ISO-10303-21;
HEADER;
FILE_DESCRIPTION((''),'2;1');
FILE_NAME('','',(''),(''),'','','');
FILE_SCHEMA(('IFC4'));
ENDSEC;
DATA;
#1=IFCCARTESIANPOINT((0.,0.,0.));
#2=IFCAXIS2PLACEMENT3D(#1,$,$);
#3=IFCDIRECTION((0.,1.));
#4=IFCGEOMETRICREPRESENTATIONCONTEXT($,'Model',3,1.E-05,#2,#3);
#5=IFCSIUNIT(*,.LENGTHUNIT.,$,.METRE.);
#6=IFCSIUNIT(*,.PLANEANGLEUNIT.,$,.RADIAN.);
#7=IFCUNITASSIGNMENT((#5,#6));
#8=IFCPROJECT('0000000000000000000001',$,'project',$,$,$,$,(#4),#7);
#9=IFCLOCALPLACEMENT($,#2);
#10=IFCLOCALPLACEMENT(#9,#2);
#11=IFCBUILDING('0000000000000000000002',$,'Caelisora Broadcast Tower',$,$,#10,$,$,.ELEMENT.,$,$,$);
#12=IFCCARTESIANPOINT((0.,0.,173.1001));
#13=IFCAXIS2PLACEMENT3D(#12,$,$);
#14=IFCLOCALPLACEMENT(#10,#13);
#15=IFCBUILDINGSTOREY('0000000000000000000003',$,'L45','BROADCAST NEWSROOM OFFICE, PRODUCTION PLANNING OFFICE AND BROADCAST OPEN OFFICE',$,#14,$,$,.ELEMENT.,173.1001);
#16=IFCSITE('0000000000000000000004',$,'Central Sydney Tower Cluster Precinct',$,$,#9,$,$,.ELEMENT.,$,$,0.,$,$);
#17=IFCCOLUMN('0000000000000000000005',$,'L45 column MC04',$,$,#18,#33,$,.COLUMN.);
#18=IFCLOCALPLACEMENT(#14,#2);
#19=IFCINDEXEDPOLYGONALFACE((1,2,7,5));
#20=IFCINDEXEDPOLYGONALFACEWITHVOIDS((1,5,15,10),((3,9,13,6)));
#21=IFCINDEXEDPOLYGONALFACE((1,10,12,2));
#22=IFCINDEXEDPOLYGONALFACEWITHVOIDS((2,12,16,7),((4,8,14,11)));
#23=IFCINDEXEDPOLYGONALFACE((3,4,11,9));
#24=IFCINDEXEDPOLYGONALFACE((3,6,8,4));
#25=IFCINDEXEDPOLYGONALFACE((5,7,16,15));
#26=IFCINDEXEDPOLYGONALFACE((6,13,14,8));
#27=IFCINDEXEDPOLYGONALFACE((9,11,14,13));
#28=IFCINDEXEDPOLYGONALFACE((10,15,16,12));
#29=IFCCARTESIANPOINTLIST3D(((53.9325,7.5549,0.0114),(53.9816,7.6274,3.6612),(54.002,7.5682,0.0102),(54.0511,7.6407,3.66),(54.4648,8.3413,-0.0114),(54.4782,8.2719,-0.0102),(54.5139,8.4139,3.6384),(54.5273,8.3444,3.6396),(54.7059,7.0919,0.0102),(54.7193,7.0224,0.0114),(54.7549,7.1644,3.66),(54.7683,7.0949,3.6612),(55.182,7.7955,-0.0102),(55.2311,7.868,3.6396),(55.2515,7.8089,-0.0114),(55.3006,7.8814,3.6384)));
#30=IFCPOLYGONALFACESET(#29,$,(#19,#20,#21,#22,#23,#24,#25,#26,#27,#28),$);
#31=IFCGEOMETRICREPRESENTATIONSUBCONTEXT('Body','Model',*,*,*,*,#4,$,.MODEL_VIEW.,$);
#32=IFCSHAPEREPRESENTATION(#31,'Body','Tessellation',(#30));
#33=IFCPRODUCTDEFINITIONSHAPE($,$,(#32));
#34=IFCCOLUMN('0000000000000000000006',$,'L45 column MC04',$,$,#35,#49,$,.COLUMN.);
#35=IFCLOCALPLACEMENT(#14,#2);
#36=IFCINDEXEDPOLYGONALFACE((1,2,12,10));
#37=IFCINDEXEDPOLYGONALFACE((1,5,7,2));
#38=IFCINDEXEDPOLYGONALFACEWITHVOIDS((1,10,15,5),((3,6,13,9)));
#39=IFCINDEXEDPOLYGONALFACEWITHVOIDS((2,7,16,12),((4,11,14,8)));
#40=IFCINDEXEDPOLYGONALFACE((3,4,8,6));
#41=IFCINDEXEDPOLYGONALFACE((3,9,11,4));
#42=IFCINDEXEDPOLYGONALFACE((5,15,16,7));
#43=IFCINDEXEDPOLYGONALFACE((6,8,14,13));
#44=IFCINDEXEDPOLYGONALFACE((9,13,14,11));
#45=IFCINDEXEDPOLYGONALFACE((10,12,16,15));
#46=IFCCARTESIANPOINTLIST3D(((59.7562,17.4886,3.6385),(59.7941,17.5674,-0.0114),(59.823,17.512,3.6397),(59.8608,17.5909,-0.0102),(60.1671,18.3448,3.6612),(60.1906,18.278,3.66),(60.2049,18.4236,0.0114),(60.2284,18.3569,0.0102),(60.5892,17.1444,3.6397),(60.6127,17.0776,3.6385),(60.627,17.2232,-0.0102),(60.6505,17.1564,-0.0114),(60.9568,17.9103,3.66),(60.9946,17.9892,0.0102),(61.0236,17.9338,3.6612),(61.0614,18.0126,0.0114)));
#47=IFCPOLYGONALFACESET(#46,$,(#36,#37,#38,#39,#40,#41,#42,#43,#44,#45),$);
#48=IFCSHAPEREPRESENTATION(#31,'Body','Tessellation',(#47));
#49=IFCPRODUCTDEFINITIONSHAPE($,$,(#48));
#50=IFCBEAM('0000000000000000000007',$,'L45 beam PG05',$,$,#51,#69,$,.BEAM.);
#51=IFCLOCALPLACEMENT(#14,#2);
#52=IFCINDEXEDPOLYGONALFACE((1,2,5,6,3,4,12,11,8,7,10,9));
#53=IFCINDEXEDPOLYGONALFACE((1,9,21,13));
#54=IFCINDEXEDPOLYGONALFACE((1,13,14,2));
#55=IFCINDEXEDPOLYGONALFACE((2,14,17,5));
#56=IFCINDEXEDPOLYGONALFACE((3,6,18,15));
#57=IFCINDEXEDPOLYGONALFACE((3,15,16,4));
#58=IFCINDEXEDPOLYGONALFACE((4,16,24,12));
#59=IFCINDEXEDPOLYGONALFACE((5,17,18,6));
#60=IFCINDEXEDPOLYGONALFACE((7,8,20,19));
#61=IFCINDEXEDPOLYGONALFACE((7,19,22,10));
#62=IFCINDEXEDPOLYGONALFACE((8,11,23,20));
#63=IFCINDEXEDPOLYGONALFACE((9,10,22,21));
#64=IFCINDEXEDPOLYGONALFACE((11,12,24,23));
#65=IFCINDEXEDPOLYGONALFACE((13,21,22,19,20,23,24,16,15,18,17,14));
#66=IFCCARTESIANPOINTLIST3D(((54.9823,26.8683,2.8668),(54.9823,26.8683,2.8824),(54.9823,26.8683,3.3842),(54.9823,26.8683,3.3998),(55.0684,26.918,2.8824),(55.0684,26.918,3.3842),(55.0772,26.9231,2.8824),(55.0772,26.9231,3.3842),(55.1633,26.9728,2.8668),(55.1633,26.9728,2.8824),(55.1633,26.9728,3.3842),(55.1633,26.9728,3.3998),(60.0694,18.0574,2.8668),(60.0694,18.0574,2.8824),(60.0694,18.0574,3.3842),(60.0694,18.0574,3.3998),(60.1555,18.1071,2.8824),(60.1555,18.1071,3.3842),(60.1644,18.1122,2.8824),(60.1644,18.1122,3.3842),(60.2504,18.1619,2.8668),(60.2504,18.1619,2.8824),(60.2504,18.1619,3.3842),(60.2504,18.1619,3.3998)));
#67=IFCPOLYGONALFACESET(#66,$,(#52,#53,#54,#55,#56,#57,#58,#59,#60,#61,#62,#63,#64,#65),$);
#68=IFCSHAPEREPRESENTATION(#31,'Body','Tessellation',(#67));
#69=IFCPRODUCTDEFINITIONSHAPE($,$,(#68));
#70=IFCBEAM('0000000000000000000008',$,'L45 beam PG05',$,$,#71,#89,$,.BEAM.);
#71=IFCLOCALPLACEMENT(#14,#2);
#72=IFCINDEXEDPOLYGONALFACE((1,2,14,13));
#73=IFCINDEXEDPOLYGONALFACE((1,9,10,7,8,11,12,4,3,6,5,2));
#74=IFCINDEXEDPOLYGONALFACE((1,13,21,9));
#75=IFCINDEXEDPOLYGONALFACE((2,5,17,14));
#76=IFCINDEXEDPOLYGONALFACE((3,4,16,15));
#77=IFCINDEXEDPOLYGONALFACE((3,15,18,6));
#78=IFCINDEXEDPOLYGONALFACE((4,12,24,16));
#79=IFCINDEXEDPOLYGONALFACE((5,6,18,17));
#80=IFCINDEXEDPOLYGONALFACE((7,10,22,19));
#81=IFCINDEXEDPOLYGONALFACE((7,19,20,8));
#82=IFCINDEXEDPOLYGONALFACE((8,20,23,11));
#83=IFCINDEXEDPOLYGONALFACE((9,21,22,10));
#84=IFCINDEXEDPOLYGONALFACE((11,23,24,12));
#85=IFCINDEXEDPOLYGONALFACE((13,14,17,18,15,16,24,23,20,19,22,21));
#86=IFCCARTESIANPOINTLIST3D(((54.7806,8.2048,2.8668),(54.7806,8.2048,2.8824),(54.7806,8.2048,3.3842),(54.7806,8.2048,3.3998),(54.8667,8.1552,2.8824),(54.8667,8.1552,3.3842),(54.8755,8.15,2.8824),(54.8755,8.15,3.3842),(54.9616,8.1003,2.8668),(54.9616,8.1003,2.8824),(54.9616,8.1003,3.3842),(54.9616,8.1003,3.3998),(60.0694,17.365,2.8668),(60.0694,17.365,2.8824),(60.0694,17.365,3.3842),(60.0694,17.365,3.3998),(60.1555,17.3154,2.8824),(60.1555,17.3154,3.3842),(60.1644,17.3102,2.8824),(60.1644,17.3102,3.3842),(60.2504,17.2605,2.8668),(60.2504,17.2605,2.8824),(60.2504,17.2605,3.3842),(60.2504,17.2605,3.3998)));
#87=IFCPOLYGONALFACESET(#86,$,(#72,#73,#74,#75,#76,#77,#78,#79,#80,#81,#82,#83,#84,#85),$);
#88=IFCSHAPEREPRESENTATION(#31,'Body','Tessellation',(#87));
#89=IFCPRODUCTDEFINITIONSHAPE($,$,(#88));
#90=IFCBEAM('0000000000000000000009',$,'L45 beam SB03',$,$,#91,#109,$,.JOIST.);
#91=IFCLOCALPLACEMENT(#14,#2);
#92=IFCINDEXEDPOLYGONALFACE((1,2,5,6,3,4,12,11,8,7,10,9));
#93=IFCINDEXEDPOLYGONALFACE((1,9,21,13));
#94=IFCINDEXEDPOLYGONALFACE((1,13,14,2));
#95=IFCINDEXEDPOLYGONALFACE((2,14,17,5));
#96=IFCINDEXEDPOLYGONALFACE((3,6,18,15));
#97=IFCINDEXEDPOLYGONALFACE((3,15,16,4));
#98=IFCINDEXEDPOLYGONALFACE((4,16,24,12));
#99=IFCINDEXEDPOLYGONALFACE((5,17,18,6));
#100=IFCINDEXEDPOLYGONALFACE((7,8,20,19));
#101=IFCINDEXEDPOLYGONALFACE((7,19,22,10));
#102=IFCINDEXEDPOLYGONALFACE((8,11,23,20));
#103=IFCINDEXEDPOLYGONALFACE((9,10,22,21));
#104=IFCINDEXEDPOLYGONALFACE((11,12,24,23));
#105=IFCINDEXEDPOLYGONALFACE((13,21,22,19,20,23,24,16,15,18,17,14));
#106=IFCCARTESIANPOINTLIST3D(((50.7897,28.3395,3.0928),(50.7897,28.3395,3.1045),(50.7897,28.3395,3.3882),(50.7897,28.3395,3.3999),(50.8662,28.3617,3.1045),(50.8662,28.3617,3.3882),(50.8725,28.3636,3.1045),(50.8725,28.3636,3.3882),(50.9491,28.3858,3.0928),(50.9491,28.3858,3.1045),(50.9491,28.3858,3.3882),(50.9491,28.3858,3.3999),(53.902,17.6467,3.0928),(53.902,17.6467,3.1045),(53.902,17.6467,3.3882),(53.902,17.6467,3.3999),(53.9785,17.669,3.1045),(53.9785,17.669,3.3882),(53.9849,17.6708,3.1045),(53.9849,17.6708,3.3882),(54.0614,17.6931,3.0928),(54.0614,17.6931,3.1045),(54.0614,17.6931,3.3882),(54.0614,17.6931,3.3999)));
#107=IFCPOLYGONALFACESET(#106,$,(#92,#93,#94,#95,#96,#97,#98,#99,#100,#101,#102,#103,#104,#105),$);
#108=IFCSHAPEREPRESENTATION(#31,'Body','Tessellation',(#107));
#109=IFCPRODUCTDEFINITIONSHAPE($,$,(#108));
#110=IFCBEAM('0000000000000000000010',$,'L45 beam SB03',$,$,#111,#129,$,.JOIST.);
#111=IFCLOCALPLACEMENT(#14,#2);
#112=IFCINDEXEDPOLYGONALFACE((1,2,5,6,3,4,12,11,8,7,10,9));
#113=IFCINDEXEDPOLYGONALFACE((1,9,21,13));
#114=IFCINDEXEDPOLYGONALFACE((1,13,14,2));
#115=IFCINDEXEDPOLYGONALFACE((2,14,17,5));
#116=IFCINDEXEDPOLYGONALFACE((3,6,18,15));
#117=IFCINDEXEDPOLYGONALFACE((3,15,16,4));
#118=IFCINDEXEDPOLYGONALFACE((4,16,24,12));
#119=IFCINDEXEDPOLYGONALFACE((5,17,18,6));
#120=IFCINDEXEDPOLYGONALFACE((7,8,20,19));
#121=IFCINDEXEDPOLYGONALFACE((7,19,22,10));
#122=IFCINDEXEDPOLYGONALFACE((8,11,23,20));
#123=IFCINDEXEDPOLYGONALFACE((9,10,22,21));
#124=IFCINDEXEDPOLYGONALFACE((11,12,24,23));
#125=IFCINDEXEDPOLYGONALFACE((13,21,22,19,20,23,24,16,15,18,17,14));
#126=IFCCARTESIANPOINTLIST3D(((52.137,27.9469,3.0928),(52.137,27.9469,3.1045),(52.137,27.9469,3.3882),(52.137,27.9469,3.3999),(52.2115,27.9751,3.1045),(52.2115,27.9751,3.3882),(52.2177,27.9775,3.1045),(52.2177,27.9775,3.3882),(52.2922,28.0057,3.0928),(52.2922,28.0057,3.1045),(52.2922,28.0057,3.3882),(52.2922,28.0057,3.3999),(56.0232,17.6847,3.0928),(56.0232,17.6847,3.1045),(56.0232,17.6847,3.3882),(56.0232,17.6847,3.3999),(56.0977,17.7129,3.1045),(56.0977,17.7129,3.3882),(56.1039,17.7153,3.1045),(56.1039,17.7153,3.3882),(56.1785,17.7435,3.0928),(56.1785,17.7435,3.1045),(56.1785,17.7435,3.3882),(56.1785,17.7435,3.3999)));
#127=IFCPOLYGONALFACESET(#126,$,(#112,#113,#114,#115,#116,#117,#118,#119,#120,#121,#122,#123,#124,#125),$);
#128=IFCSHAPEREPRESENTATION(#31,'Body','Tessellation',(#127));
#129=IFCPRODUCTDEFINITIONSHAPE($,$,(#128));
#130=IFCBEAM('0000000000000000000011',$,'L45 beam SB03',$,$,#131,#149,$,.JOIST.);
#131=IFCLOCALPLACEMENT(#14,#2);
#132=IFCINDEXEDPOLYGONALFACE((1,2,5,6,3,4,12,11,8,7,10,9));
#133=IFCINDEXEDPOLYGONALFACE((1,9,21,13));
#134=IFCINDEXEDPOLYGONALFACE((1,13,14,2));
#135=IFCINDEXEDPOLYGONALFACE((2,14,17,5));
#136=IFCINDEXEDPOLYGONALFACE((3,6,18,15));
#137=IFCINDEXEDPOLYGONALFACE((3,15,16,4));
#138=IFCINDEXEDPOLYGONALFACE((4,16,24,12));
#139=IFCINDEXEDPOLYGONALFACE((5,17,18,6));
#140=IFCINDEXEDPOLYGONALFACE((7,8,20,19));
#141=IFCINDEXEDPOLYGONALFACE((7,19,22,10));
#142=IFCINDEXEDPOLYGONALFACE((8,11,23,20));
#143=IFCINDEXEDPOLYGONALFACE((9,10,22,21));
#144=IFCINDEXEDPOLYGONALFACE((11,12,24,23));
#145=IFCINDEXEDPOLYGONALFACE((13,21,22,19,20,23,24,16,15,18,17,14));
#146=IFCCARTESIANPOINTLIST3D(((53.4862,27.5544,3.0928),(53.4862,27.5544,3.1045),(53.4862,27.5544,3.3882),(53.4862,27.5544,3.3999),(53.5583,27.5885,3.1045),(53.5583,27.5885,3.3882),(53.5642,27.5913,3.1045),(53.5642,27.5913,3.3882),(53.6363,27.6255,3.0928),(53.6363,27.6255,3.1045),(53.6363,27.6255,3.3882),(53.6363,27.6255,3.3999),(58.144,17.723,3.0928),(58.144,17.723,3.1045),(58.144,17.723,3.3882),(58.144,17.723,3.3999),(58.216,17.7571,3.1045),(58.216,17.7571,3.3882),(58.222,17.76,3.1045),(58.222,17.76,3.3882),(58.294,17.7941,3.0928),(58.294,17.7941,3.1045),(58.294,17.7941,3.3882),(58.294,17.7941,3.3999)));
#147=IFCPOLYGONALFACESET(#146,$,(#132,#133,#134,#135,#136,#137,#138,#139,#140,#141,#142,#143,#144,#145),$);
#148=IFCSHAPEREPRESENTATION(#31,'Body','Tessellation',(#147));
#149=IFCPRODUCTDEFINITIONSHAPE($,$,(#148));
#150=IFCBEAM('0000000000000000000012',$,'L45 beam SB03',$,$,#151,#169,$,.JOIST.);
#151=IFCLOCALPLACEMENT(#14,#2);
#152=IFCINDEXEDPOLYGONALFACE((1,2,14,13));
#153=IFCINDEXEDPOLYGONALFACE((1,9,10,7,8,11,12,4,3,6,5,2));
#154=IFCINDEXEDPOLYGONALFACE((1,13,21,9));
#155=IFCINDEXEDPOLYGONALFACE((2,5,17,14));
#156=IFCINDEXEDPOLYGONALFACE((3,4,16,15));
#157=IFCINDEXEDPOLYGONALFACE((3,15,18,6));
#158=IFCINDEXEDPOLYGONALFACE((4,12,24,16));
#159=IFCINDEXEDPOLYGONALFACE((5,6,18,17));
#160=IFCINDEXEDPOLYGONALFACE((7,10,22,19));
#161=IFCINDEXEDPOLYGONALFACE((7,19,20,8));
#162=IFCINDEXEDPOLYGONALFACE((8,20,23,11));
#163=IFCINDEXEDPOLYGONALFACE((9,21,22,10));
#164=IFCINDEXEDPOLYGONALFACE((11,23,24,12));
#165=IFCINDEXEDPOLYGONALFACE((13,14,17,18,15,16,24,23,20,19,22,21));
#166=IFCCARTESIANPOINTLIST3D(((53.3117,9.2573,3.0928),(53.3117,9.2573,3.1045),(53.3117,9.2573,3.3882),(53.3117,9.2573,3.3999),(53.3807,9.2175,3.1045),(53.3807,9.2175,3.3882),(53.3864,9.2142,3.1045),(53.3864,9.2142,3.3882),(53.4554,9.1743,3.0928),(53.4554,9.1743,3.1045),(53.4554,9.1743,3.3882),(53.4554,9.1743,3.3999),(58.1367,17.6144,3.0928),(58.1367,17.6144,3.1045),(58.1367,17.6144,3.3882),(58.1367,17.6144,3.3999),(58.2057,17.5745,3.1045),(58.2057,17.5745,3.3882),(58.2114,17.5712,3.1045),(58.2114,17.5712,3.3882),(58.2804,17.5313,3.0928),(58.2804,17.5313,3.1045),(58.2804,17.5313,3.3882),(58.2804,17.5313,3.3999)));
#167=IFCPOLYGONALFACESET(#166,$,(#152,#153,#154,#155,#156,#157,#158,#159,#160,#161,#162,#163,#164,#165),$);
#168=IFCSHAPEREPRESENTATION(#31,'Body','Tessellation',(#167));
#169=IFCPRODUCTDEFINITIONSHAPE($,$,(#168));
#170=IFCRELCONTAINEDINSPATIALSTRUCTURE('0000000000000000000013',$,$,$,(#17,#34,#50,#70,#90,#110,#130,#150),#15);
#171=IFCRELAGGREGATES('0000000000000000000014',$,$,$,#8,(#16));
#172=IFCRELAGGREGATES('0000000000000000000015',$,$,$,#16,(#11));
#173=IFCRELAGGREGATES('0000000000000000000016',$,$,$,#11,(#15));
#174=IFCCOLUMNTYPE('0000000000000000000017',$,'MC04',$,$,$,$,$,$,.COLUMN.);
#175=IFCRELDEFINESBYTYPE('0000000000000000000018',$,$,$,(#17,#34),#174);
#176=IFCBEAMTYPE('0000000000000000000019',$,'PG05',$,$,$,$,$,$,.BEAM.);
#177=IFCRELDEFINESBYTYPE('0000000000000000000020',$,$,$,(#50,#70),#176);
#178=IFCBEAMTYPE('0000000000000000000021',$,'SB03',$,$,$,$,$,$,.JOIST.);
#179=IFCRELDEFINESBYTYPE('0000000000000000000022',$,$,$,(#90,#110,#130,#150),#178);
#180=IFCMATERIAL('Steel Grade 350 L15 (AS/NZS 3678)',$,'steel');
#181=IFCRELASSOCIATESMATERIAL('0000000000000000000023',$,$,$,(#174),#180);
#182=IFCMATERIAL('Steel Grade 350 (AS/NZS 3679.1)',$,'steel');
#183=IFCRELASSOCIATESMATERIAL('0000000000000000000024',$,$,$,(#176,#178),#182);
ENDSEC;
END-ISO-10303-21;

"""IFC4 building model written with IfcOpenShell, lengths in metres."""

from ifc_helpers import new_model, si_unit, direction, frame, origin, origin_2d, place, context, subcontext, project, spatial, hollow_rectangle, i_section, extrude, source, transform, mapped, material, material_profile, profile_set, type_object, type_shapes, element, save


model = new_model("IFC4")

# Units and contexts
model_context = context("Model", 3, precision=1e-05, world=origin(), true_north=direction((0.0, 1.0)))
body_context = subcontext(model_context, "Body", "Model", "MODEL_VIEW")
ifc_project = project(units=[si_unit("LENGTHUNIT", "METRE"), si_unit("PLANEANGLEUNIT", "RADIAN")], contexts=[model_context])

# Site, building, storey
site_placement = place(None, origin())
site = spatial("IfcSite", under=ifc_project, at=site_placement, Name="Central Sydney Tower Cluster Precinct", CompositionType="ELEMENT", RefElevation=0.0)
building_placement = place(site_placement, origin())
building = spatial("IfcBuilding", under=site, at=building_placement, Name="Caelisora Broadcast Tower", CompositionType="ELEMENT")
storey_placement = place(building_placement, frame((0.0, 0.0, 173.1001)))
storey = spatial("IfcBuildingStorey", under=building, at=storey_placement, Name="L45", Description="BROADCAST NEWSROOM OFFICE, PRODUCTION PLANNING OFFICE AND BROADCAST OPEN OFFICE", CompositionType="ELEMENT", Elevation=173.1001)

# Columns
ifc_material_1 = material(Name="Steel Grade 350 L15 (AS/NZS 3678)", Category="steel")
ifc_material_profile_1 = material_profile(ifc_material_1, hollow_rectangle(XDim=0.95, YDim=0.95, WallThickness=0.05, at=origin_2d()), Name="Steel Grade 350 L15 (AS/NZS 3678)")
ifc_profile_set_1 = profile_set([ifc_material_profile_1], Name="Steel Grade 350 L15 (AS/NZS 3678)")
column_type = type_object("IfcColumnType", Name="MC04", PredefinedType="COLUMN", material=ifc_profile_set_1)
shared_shape_1 = source(origin(), body_context, "Body", "SweptSolid", [
    extrude(hollow_rectangle(XDim=0.95, YDim=0.95, WallThickness=0.05, at=origin_2d()), origin(), (0.0, 0.0, 1.0), 3.6509),
])
type_shapes(column_type, [shared_shape_1])
for number, where, z_axis, x_axis, name in (
    (1, (54.592, 7.6819, 0.0), (0.013441, 0.019861, 0.999712), (-0.828169, 0.560478, 0.0), "L45 column MC04"),
    (2, (60.4277, 17.79, 0.0), (-0.010365, -0.021599, 0.999713), (0.901567, -0.43264, 0.0), "L45 column MC04"),
):
    element("IfcColumn", number, at=place(storey_placement, frame(where, z_axis=z_axis, x_axis=x_axis)), inside=storey, type_object=column_type, Name=name, PredefinedType="COLUMN", context=body_context, shape_type="MappedRepresentation", body=[
        mapped(shared_shape_1, transform((0.0, 0.0, 0.0), scale=1.0)),
    ])

# Beams
ifc_material_2 = material(Name="Steel Grade 350 (AS/NZS 3679.1)", Category="steel")
ifc_material_profile_2 = material_profile(ifc_material_2, i_section(OverallWidth=0.209, OverallDepth=0.533, WebThickness=0.0103, FlangeThickness=0.0156, at=origin_2d()), Name="Steel Grade 350 (AS/NZS 3679.1)")
ifc_profile_set_2 = profile_set([ifc_material_profile_2], Name="Steel Grade 350 (AS/NZS 3679.1)")
beam_type_1 = type_object("IfcBeamType", Name="PG05", PredefinedType="BEAM", material=ifc_profile_set_2)
shared_shape_2 = source(origin(), body_context, "Body", "SweptSolid", [
    extrude(i_section(OverallWidth=0.209, OverallDepth=0.533, WebThickness=0.0103, FlangeThickness=0.0156, at=origin_2d()), origin(), (0.0, 0.0, 1.0), 10.1741),
])
beam_1_placement = place(storey_placement, frame((60.1599, 18.1096, 3.1333), z_axis=(-0.500008, 0.866021, 0.0), x_axis=(-0.866021, -0.500008, 0.0)))
element("IfcBeam", 3, at=beam_1_placement, inside=storey, type_object=beam_type_1, Name="L45 beam PG05", PredefinedType="BEAM", context=body_context, shape_type="MappedRepresentation", body=[
    mapped(shared_shape_2, transform((0.0, 0.0, 0.0), scale=1.0)),
])
shared_shape_3 = source(origin(), body_context, "Body", "SweptSolid", [
    extrude(i_section(OverallWidth=0.209, OverallDepth=0.533, WebThickness=0.0103, FlangeThickness=0.0156, at=origin_2d()), origin(), (0.0, 0.0, 1.0), 10.5774),
])
type_shapes(beam_type_1, [shared_shape_2, shared_shape_3])
beam_2_placement = place(storey_placement, frame((54.8711, 8.1526, 3.1333), z_axis=(0.500014, 0.866017, 0.0), x_axis=(-0.866017, 0.500014, 0.0)))
element("IfcBeam", 4, at=beam_2_placement, inside=storey, type_object=beam_type_1, Name="L45 beam PG05", PredefinedType="BEAM", context=body_context, shape_type="MappedRepresentation", body=[
    mapped(shared_shape_3, transform((0.0, 0.0, 0.0), scale=1.0)),
])
ifc_material_profile_3 = material_profile(ifc_material_2, i_section(OverallWidth=0.166, OverallDepth=0.3071, WebThickness=0.0066, FlangeThickness=0.0117, at=origin_2d()), Name="Steel Grade 350 (AS/NZS 3679.1)")
ifc_profile_set_3 = profile_set([ifc_material_profile_3], Name="Steel Grade 350 (AS/NZS 3679.1)")
beam_type_2 = type_object("IfcBeamType", Name="SB03", PredefinedType="JOIST", material=ifc_profile_set_3)
shared_shape_4 = source(origin(), body_context, "Body", "SweptSolid", [
    extrude(i_section(OverallWidth=0.166, OverallDepth=0.3071, WebThickness=0.0066, FlangeThickness=0.0117, at=origin_2d()), origin(), (0.0, 0.0, 1.0), 11.1365),
])
beam_3_placement = place(storey_placement, frame((53.9817, 17.6699, 3.2463), z_axis=(-0.279472, 0.960154, 0.0), x_axis=(-0.960154, -0.279472, 0.0)))
element("IfcBeam", 5, at=beam_3_placement, inside=storey, type_object=beam_type_2, Name="L45 beam SB03", PredefinedType="JOIST", context=body_context, shape_type="MappedRepresentation", body=[
    mapped(shared_shape_4, transform((0.0, 0.0, 0.0), scale=1.0)),
])
shared_shape_5 = source(origin(), body_context, "Body", "SweptSolid", [
    extrude(i_section(OverallWidth=0.166, OverallDepth=0.3071, WebThickness=0.0066, FlangeThickness=0.0117, at=origin_2d()), origin(), (0.0, 0.0, 1.0), 10.9734),
])
beam_4_placement = place(storey_placement, frame((56.1008, 17.7141, 3.2463), z_axis=(-0.35415, 0.935189, 0.0), x_axis=(-0.935189, -0.35415, 0.0)))
element("IfcBeam", 6, at=beam_4_placement, inside=storey, type_object=beam_type_2, Name="L45 beam SB03", PredefinedType="JOIST", context=body_context, shape_type="MappedRepresentation", body=[
    mapped(shared_shape_5, transform((0.0, 0.0, 0.0), scale=1.0)),
])
shared_shape_6 = source(origin(), body_context, "Body", "SweptSolid", [
    extrude(i_section(OverallWidth=0.166, OverallDepth=0.3071, WebThickness=0.0066, FlangeThickness=0.0117, at=origin_2d()), origin(), (0.0, 0.0, 1.0), 10.8789),
])
beam_5_placement = place(storey_placement, frame((58.219, 17.7585, 3.2463), z_axis=(-0.428145, 0.90371, 0.0), x_axis=(-0.90371, -0.428145, 0.0)))
element("IfcBeam", 7, at=beam_5_placement, inside=storey, type_object=beam_type_2, Name="L45 beam SB03", PredefinedType="JOIST", context=body_context, shape_type="MappedRepresentation", body=[
    mapped(shared_shape_6, transform((0.0, 0.0, 0.0), scale=1.0)),
])
shared_shape_7 = source(origin(), body_context, "Body", "SweptSolid", [
    extrude(i_section(OverallWidth=0.166, OverallDepth=0.3071, WebThickness=0.0066, FlangeThickness=0.0117, at=origin_2d()), origin(), (0.0, 0.0, 1.0), 9.6499),
])
type_shapes(beam_type_2, [shared_shape_4, shared_shape_5, shared_shape_6, shared_shape_7])
beam_6_placement = place(storey_placement, frame((53.3835, 9.2158, 3.2463), z_axis=(0.500006, 0.866022, 0.0), x_axis=(-0.866022, 0.500006, 0.0)))
element("IfcBeam", 8, at=beam_6_placement, inside=storey, type_object=beam_type_2, Name="L45 beam SB03", PredefinedType="JOIST", context=body_context, shape_type="MappedRepresentation", body=[
    mapped(shared_shape_7, transform((0.0, 0.0, 0.0), scale=1.0)),
])

save(model, "model.ifc")
